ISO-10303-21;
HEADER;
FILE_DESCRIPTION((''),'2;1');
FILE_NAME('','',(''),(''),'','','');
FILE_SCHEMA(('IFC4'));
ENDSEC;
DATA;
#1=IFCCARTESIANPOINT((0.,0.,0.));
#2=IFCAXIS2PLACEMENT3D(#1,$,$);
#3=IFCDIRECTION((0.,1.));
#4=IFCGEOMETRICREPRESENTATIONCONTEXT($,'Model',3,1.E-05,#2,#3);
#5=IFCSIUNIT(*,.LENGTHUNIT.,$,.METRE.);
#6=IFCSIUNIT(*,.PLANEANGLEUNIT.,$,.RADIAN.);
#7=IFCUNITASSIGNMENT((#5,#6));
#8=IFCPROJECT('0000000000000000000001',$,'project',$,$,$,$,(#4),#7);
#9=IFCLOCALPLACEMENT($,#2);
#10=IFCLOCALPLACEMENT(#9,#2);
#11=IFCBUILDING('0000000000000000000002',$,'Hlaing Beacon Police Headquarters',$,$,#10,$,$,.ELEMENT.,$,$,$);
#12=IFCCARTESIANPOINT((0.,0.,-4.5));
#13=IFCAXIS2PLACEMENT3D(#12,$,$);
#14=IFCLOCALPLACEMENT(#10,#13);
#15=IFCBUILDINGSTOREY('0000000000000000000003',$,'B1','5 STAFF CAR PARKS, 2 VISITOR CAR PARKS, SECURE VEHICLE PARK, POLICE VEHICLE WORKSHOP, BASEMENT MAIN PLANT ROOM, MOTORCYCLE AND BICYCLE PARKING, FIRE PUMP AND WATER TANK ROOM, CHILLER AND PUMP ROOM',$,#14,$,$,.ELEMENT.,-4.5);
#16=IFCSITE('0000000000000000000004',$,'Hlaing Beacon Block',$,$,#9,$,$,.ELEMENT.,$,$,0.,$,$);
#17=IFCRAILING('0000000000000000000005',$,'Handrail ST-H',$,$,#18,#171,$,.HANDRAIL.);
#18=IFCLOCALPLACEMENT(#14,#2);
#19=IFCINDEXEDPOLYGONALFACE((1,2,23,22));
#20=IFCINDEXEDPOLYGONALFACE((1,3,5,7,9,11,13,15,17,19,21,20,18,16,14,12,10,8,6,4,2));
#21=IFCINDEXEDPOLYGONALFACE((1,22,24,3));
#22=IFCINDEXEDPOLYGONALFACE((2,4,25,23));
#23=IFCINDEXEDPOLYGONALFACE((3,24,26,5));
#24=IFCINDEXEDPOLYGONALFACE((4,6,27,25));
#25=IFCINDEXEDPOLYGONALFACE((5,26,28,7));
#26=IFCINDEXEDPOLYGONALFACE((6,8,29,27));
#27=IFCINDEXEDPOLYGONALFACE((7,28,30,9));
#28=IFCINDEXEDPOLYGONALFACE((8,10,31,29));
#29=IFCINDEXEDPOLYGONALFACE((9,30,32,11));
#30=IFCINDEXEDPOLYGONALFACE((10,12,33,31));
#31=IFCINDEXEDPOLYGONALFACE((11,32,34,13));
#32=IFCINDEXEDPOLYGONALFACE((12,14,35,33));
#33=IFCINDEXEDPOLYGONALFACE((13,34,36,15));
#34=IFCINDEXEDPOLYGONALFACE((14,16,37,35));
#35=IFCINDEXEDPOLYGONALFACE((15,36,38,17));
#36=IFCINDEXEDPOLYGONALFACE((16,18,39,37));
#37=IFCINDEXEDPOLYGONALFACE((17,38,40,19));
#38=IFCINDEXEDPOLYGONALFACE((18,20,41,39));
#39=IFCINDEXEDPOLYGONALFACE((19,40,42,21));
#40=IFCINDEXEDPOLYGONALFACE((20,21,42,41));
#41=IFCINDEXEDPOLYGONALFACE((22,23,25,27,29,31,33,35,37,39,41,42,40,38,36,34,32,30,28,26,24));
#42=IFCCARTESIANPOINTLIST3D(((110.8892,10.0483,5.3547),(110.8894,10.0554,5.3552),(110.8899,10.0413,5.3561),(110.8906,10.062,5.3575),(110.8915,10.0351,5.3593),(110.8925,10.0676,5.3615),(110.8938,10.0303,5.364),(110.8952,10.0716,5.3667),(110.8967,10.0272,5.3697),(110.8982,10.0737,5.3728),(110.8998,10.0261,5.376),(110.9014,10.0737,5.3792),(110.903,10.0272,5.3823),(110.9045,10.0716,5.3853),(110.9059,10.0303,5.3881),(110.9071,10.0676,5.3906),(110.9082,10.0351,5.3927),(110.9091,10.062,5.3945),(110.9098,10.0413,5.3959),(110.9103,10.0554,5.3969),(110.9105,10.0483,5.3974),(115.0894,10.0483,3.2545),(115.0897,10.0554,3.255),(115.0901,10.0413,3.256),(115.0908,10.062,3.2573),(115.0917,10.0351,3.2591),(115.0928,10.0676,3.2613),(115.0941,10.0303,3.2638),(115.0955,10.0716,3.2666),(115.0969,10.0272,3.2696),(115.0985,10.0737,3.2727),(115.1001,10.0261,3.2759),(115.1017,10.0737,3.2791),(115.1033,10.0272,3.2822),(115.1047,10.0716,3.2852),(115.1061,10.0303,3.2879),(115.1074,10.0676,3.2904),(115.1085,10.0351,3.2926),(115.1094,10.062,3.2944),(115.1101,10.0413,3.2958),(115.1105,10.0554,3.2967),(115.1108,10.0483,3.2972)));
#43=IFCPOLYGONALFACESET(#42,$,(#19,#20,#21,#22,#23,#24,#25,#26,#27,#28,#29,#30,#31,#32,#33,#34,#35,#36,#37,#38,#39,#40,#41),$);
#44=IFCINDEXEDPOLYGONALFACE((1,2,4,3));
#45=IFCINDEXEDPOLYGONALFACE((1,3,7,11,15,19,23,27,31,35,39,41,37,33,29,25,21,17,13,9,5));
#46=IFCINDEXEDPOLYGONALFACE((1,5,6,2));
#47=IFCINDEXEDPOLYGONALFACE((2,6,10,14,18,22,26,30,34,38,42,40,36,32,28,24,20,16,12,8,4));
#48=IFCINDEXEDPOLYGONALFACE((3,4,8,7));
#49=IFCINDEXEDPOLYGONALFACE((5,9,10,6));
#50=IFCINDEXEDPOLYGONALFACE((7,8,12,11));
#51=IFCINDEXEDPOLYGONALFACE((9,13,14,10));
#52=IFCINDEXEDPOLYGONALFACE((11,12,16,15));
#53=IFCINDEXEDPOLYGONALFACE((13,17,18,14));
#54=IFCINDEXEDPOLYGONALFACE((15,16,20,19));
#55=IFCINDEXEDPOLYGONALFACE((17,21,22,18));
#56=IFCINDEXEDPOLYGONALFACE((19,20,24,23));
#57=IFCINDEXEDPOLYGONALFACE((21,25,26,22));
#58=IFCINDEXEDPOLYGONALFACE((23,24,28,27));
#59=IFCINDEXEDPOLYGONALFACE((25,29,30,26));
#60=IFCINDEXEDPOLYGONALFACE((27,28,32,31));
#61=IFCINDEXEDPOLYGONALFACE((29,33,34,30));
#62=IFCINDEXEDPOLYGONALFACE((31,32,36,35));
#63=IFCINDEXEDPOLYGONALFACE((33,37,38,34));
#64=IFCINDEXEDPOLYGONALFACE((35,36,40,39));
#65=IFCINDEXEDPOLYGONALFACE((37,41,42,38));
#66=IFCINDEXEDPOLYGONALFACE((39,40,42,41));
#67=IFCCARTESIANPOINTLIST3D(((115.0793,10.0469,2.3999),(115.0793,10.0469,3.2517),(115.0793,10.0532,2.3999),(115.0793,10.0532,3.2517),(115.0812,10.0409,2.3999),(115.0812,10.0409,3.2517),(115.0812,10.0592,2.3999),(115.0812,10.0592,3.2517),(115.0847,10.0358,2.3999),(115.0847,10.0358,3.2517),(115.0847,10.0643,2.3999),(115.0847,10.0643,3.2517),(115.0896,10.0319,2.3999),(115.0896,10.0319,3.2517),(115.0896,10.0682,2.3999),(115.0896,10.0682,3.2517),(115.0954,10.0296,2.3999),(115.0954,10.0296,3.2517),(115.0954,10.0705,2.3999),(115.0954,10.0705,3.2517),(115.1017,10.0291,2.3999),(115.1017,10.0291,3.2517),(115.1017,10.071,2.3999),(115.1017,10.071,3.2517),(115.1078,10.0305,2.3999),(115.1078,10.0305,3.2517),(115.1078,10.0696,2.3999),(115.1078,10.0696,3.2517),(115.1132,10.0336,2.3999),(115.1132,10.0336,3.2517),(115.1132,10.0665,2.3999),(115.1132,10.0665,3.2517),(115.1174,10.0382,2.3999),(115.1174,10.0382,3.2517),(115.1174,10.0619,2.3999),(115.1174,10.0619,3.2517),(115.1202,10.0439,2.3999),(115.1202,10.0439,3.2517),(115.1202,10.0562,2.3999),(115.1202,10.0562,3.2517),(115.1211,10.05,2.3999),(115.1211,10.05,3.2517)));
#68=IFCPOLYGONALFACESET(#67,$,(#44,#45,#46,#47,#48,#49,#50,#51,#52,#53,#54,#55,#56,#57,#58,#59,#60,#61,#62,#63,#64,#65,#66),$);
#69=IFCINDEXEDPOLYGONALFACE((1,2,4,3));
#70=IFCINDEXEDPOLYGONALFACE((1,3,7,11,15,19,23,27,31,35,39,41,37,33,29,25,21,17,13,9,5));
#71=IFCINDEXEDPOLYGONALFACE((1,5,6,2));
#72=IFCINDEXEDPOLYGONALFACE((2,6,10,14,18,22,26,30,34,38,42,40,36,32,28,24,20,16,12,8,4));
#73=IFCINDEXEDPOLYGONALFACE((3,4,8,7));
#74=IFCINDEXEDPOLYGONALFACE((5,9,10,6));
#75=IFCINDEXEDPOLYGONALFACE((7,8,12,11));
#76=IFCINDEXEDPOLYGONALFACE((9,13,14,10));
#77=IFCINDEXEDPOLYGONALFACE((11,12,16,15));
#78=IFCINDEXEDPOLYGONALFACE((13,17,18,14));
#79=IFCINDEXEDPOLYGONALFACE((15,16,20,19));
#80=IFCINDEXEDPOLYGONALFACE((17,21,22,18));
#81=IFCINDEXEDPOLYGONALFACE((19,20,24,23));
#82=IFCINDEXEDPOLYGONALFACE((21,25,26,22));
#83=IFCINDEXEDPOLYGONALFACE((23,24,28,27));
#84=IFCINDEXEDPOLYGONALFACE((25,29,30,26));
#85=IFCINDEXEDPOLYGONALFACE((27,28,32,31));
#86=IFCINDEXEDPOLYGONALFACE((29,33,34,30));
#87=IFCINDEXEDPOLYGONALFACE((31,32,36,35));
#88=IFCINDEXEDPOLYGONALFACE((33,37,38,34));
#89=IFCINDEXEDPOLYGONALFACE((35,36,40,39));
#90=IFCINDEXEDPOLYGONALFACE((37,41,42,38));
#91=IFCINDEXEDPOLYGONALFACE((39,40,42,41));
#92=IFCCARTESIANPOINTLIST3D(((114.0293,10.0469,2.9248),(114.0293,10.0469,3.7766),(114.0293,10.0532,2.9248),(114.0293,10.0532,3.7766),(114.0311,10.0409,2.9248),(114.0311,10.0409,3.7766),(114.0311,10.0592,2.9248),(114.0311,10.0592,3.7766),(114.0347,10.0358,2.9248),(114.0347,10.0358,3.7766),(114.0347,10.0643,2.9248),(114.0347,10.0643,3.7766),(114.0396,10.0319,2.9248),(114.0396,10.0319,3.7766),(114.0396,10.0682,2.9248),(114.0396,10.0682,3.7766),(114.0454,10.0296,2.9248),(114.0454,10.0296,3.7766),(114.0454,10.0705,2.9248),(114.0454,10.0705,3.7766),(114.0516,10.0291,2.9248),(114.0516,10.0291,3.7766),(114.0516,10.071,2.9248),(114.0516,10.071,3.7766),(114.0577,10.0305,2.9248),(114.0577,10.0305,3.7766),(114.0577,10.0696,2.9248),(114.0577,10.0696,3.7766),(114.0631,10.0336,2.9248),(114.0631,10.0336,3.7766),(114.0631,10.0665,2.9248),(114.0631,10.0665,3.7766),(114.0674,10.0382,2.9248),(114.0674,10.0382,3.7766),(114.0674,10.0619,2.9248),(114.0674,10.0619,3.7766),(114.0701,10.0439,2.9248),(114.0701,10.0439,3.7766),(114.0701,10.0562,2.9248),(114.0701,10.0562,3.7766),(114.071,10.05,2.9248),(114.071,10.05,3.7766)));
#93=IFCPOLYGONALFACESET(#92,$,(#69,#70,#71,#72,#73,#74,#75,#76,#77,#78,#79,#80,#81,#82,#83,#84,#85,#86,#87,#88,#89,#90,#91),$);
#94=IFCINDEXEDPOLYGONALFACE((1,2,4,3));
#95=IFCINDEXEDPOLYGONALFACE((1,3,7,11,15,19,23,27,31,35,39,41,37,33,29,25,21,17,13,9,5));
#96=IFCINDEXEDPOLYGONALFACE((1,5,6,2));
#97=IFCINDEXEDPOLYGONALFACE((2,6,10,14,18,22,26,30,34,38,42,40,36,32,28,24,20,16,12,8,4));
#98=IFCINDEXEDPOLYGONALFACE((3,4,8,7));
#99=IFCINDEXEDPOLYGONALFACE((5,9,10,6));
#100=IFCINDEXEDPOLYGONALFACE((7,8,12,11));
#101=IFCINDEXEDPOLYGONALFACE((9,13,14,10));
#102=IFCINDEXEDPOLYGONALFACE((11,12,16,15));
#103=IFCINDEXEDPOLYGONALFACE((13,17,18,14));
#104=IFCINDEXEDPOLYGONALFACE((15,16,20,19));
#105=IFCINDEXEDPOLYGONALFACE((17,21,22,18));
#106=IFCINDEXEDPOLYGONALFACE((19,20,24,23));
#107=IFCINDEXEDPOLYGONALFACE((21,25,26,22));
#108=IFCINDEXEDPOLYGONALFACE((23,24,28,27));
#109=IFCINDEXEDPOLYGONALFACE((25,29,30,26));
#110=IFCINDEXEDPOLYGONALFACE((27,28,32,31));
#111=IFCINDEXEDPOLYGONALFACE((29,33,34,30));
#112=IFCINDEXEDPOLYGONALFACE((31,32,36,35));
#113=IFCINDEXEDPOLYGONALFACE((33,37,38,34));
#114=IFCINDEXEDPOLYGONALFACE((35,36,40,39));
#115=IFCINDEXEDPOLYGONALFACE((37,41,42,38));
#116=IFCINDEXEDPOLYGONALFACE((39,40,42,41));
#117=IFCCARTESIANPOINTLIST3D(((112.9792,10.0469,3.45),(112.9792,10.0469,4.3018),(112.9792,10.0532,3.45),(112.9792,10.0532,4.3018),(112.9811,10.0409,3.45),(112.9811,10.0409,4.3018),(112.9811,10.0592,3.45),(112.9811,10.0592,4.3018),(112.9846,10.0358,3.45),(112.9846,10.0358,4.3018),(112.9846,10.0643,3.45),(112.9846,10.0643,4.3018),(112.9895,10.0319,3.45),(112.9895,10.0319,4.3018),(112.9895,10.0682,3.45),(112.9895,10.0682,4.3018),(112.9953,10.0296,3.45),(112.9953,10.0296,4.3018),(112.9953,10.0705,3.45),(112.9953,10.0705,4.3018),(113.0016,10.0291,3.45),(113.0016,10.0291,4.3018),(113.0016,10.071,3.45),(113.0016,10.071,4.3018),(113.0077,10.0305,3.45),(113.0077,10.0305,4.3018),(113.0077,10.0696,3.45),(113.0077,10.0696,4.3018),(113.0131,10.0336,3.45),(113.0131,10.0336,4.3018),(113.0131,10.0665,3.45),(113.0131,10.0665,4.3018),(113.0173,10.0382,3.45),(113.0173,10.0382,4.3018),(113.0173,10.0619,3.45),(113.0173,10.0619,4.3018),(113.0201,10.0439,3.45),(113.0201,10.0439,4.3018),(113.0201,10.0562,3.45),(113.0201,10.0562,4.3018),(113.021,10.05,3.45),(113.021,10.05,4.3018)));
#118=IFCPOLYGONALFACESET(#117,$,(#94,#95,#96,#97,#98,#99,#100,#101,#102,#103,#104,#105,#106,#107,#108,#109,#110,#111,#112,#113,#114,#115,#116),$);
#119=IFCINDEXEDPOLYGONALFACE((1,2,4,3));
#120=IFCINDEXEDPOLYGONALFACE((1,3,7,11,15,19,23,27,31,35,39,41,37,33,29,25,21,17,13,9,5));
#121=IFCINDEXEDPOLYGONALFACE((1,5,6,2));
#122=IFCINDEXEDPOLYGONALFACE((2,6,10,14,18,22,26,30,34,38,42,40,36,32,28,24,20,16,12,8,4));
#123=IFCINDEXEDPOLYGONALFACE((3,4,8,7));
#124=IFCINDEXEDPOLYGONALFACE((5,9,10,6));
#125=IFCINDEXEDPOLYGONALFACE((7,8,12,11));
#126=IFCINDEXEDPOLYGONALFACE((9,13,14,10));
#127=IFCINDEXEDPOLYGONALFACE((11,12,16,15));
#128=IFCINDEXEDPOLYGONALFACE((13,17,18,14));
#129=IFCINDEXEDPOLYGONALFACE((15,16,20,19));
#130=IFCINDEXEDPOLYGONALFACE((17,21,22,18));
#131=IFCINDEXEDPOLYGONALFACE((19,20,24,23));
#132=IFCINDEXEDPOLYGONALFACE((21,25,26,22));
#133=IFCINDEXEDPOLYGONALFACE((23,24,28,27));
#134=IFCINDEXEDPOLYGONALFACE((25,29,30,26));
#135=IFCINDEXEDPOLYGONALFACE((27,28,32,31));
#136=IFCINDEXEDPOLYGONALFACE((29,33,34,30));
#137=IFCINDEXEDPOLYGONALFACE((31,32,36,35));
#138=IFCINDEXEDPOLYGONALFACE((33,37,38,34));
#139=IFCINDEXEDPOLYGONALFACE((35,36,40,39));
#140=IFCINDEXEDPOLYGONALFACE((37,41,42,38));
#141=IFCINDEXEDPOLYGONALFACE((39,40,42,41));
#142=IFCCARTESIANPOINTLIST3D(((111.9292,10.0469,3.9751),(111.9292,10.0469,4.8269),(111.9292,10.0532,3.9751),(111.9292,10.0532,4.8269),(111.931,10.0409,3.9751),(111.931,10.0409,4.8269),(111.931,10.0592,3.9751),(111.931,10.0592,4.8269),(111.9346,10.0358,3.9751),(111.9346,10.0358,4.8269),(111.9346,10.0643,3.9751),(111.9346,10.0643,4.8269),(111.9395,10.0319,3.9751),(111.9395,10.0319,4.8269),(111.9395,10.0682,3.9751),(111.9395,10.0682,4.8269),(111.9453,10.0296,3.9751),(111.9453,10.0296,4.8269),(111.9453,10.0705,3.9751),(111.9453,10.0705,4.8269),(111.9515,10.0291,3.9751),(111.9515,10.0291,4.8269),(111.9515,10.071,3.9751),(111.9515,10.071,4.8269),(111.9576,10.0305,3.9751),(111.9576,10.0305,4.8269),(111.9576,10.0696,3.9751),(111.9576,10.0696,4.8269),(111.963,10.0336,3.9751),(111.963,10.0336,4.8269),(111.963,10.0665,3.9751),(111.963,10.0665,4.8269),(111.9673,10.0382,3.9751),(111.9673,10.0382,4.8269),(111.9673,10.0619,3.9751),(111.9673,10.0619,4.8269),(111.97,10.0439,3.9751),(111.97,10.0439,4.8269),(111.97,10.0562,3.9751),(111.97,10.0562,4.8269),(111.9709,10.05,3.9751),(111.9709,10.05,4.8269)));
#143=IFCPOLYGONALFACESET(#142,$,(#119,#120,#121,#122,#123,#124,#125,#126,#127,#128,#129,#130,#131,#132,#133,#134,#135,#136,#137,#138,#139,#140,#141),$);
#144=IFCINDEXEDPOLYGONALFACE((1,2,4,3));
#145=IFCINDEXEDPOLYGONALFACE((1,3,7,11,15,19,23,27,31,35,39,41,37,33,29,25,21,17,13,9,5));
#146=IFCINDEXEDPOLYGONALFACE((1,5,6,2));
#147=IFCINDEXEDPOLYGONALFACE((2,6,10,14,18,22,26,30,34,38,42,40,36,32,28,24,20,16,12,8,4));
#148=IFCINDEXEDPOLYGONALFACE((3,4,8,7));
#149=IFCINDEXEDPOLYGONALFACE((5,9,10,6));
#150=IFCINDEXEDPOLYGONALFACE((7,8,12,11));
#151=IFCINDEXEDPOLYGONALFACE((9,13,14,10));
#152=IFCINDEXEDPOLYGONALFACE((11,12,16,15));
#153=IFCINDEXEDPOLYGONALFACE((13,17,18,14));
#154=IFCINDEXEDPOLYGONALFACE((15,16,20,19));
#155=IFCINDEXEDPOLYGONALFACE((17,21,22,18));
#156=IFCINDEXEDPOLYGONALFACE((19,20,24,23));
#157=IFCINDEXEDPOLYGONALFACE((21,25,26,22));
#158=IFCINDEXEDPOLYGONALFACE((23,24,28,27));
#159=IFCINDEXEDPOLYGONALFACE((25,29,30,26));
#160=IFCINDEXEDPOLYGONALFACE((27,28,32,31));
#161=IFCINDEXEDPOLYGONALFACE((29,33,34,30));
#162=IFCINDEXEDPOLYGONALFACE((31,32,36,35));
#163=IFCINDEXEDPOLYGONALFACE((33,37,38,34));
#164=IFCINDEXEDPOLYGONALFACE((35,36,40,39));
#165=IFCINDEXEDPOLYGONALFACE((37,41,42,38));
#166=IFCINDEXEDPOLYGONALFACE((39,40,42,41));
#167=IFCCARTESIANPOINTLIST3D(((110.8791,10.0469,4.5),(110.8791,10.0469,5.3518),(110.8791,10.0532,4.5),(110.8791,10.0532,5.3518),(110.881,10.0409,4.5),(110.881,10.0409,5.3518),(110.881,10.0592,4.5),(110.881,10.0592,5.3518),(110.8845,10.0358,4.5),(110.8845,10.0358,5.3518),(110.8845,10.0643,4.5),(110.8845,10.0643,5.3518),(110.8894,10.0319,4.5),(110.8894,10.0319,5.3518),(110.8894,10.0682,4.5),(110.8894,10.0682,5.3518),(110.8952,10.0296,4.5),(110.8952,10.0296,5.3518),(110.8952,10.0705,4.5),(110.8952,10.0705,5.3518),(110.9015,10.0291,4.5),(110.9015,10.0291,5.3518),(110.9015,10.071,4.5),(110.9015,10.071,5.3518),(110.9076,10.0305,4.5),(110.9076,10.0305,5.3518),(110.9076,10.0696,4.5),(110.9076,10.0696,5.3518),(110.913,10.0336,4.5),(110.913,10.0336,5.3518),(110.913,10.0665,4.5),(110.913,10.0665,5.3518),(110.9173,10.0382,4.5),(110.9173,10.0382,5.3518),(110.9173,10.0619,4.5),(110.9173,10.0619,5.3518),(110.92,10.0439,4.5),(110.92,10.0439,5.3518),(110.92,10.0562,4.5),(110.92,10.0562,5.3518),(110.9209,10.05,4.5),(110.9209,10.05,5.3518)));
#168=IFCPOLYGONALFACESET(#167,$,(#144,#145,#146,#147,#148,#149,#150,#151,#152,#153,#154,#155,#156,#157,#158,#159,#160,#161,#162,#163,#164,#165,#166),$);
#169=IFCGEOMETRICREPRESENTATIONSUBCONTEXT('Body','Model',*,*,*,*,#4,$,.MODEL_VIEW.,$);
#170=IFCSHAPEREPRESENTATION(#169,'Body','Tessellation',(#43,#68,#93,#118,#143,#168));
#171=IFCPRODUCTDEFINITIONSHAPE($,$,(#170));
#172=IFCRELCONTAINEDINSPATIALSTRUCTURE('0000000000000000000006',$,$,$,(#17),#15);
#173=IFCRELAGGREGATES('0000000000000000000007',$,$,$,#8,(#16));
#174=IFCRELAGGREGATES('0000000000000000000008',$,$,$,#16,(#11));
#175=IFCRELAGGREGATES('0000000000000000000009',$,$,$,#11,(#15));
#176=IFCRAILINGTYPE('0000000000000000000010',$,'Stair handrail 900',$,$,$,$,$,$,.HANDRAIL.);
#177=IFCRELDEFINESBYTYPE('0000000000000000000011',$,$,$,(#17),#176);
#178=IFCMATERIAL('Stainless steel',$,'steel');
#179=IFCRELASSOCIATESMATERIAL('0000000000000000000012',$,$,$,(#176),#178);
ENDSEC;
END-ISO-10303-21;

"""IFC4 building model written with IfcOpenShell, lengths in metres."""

from ifc_helpers import new_model, si_unit, direction, frame, origin, origin_2d, place, context, subcontext, project, spatial, circle, extrude, material, type_object, element, save


model = new_model("IFC4")

# Units and contexts
model_context = context("Model", 3, precision=1e-05, world=origin(), true_north=direction((0.0, 1.0)))
body_context = subcontext(model_context, "Body", "Model", "MODEL_VIEW")
ifc_project = project(units=[si_unit("LENGTHUNIT", "METRE"), si_unit("PLANEANGLEUNIT", "RADIAN")], contexts=[model_context])

# Site, building, storey
site_placement = place(None, origin())
site = spatial("IfcSite", under=ifc_project, at=site_placement, Name="Hlaing Beacon Block", CompositionType="ELEMENT", RefElevation=0.0)
building_placement = place(site_placement, origin())
building = spatial("IfcBuilding", under=site, at=building_placement, Name="Hlaing Beacon Police Headquarters", CompositionType="ELEMENT")
storey_placement = place(building_placement, frame((0.0, 0.0, -4.5)))
storey = spatial("IfcBuildingStorey", under=building, at=storey_placement, Name="B1", Description="5 STAFF CAR PARKS, 2 VISITOR CAR PARKS, SECURE VEHICLE PARK, POLICE VEHICLE WORKSHOP, BASEMENT MAIN PLANT ROOM, MOTORCYCLE AND BICYCLE PARKING, FIRE PUMP AND WATER TANK ROOM, CHILLER AND PUMP ROOM", CompositionType="ELEMENT", Elevation=-4.5)

# Railing
ifc_material_1 = material(Name="Stainless steel", Category="steel")
railing_type = type_object("IfcRailingType", Name="Stair handrail 900", PredefinedType="HANDRAIL", material=ifc_material_1)
railing_1_placement = place(storey_placement, frame((115.1001, 10.05, 2.3999)))
element("IfcRailing", 1, at=railing_1_placement, inside=storey, type_object=railing_type, Name="Handrail ST-H", PredefinedType="HANDRAIL", context=body_context, shape_type="SweptSolid", body=[
    extrude(circle(Radius=0.0239, at=origin_2d()), frame((0.0, 0.0, 0.876), z_axis=(-0.894427, 0.0, 0.447214), x_axis=(0.0, -1.0, 0.0)), (0.0, 0.0, 1.0), 4.696),
    extrude(circle(Radius=0.021, at=origin_2d()), origin(), (0.0, 0.0, 1.0), 0.8518),
    extrude(circle(Radius=0.021, at=origin_2d()), frame((-1.05, 0.0, 0.5249)), (0.0, 0.0, 1.0), 0.8518),
    extrude(circle(Radius=0.021, at=origin_2d()), frame((-2.1001, 0.0, 1.05)), (0.0, 0.0, 1.0), 0.8518),
    extrude(circle(Radius=0.021, at=origin_2d()), frame((-3.1501, 0.0, 1.5752)), (0.0, 0.0, 1.0), 0.8518),
    extrude(circle(Radius=0.021, at=origin_2d()), frame((-4.2002, 0.0, 2.1001)), (0.0, 0.0, 1.0), 0.8518),
])

save(model, "model.ifc")
